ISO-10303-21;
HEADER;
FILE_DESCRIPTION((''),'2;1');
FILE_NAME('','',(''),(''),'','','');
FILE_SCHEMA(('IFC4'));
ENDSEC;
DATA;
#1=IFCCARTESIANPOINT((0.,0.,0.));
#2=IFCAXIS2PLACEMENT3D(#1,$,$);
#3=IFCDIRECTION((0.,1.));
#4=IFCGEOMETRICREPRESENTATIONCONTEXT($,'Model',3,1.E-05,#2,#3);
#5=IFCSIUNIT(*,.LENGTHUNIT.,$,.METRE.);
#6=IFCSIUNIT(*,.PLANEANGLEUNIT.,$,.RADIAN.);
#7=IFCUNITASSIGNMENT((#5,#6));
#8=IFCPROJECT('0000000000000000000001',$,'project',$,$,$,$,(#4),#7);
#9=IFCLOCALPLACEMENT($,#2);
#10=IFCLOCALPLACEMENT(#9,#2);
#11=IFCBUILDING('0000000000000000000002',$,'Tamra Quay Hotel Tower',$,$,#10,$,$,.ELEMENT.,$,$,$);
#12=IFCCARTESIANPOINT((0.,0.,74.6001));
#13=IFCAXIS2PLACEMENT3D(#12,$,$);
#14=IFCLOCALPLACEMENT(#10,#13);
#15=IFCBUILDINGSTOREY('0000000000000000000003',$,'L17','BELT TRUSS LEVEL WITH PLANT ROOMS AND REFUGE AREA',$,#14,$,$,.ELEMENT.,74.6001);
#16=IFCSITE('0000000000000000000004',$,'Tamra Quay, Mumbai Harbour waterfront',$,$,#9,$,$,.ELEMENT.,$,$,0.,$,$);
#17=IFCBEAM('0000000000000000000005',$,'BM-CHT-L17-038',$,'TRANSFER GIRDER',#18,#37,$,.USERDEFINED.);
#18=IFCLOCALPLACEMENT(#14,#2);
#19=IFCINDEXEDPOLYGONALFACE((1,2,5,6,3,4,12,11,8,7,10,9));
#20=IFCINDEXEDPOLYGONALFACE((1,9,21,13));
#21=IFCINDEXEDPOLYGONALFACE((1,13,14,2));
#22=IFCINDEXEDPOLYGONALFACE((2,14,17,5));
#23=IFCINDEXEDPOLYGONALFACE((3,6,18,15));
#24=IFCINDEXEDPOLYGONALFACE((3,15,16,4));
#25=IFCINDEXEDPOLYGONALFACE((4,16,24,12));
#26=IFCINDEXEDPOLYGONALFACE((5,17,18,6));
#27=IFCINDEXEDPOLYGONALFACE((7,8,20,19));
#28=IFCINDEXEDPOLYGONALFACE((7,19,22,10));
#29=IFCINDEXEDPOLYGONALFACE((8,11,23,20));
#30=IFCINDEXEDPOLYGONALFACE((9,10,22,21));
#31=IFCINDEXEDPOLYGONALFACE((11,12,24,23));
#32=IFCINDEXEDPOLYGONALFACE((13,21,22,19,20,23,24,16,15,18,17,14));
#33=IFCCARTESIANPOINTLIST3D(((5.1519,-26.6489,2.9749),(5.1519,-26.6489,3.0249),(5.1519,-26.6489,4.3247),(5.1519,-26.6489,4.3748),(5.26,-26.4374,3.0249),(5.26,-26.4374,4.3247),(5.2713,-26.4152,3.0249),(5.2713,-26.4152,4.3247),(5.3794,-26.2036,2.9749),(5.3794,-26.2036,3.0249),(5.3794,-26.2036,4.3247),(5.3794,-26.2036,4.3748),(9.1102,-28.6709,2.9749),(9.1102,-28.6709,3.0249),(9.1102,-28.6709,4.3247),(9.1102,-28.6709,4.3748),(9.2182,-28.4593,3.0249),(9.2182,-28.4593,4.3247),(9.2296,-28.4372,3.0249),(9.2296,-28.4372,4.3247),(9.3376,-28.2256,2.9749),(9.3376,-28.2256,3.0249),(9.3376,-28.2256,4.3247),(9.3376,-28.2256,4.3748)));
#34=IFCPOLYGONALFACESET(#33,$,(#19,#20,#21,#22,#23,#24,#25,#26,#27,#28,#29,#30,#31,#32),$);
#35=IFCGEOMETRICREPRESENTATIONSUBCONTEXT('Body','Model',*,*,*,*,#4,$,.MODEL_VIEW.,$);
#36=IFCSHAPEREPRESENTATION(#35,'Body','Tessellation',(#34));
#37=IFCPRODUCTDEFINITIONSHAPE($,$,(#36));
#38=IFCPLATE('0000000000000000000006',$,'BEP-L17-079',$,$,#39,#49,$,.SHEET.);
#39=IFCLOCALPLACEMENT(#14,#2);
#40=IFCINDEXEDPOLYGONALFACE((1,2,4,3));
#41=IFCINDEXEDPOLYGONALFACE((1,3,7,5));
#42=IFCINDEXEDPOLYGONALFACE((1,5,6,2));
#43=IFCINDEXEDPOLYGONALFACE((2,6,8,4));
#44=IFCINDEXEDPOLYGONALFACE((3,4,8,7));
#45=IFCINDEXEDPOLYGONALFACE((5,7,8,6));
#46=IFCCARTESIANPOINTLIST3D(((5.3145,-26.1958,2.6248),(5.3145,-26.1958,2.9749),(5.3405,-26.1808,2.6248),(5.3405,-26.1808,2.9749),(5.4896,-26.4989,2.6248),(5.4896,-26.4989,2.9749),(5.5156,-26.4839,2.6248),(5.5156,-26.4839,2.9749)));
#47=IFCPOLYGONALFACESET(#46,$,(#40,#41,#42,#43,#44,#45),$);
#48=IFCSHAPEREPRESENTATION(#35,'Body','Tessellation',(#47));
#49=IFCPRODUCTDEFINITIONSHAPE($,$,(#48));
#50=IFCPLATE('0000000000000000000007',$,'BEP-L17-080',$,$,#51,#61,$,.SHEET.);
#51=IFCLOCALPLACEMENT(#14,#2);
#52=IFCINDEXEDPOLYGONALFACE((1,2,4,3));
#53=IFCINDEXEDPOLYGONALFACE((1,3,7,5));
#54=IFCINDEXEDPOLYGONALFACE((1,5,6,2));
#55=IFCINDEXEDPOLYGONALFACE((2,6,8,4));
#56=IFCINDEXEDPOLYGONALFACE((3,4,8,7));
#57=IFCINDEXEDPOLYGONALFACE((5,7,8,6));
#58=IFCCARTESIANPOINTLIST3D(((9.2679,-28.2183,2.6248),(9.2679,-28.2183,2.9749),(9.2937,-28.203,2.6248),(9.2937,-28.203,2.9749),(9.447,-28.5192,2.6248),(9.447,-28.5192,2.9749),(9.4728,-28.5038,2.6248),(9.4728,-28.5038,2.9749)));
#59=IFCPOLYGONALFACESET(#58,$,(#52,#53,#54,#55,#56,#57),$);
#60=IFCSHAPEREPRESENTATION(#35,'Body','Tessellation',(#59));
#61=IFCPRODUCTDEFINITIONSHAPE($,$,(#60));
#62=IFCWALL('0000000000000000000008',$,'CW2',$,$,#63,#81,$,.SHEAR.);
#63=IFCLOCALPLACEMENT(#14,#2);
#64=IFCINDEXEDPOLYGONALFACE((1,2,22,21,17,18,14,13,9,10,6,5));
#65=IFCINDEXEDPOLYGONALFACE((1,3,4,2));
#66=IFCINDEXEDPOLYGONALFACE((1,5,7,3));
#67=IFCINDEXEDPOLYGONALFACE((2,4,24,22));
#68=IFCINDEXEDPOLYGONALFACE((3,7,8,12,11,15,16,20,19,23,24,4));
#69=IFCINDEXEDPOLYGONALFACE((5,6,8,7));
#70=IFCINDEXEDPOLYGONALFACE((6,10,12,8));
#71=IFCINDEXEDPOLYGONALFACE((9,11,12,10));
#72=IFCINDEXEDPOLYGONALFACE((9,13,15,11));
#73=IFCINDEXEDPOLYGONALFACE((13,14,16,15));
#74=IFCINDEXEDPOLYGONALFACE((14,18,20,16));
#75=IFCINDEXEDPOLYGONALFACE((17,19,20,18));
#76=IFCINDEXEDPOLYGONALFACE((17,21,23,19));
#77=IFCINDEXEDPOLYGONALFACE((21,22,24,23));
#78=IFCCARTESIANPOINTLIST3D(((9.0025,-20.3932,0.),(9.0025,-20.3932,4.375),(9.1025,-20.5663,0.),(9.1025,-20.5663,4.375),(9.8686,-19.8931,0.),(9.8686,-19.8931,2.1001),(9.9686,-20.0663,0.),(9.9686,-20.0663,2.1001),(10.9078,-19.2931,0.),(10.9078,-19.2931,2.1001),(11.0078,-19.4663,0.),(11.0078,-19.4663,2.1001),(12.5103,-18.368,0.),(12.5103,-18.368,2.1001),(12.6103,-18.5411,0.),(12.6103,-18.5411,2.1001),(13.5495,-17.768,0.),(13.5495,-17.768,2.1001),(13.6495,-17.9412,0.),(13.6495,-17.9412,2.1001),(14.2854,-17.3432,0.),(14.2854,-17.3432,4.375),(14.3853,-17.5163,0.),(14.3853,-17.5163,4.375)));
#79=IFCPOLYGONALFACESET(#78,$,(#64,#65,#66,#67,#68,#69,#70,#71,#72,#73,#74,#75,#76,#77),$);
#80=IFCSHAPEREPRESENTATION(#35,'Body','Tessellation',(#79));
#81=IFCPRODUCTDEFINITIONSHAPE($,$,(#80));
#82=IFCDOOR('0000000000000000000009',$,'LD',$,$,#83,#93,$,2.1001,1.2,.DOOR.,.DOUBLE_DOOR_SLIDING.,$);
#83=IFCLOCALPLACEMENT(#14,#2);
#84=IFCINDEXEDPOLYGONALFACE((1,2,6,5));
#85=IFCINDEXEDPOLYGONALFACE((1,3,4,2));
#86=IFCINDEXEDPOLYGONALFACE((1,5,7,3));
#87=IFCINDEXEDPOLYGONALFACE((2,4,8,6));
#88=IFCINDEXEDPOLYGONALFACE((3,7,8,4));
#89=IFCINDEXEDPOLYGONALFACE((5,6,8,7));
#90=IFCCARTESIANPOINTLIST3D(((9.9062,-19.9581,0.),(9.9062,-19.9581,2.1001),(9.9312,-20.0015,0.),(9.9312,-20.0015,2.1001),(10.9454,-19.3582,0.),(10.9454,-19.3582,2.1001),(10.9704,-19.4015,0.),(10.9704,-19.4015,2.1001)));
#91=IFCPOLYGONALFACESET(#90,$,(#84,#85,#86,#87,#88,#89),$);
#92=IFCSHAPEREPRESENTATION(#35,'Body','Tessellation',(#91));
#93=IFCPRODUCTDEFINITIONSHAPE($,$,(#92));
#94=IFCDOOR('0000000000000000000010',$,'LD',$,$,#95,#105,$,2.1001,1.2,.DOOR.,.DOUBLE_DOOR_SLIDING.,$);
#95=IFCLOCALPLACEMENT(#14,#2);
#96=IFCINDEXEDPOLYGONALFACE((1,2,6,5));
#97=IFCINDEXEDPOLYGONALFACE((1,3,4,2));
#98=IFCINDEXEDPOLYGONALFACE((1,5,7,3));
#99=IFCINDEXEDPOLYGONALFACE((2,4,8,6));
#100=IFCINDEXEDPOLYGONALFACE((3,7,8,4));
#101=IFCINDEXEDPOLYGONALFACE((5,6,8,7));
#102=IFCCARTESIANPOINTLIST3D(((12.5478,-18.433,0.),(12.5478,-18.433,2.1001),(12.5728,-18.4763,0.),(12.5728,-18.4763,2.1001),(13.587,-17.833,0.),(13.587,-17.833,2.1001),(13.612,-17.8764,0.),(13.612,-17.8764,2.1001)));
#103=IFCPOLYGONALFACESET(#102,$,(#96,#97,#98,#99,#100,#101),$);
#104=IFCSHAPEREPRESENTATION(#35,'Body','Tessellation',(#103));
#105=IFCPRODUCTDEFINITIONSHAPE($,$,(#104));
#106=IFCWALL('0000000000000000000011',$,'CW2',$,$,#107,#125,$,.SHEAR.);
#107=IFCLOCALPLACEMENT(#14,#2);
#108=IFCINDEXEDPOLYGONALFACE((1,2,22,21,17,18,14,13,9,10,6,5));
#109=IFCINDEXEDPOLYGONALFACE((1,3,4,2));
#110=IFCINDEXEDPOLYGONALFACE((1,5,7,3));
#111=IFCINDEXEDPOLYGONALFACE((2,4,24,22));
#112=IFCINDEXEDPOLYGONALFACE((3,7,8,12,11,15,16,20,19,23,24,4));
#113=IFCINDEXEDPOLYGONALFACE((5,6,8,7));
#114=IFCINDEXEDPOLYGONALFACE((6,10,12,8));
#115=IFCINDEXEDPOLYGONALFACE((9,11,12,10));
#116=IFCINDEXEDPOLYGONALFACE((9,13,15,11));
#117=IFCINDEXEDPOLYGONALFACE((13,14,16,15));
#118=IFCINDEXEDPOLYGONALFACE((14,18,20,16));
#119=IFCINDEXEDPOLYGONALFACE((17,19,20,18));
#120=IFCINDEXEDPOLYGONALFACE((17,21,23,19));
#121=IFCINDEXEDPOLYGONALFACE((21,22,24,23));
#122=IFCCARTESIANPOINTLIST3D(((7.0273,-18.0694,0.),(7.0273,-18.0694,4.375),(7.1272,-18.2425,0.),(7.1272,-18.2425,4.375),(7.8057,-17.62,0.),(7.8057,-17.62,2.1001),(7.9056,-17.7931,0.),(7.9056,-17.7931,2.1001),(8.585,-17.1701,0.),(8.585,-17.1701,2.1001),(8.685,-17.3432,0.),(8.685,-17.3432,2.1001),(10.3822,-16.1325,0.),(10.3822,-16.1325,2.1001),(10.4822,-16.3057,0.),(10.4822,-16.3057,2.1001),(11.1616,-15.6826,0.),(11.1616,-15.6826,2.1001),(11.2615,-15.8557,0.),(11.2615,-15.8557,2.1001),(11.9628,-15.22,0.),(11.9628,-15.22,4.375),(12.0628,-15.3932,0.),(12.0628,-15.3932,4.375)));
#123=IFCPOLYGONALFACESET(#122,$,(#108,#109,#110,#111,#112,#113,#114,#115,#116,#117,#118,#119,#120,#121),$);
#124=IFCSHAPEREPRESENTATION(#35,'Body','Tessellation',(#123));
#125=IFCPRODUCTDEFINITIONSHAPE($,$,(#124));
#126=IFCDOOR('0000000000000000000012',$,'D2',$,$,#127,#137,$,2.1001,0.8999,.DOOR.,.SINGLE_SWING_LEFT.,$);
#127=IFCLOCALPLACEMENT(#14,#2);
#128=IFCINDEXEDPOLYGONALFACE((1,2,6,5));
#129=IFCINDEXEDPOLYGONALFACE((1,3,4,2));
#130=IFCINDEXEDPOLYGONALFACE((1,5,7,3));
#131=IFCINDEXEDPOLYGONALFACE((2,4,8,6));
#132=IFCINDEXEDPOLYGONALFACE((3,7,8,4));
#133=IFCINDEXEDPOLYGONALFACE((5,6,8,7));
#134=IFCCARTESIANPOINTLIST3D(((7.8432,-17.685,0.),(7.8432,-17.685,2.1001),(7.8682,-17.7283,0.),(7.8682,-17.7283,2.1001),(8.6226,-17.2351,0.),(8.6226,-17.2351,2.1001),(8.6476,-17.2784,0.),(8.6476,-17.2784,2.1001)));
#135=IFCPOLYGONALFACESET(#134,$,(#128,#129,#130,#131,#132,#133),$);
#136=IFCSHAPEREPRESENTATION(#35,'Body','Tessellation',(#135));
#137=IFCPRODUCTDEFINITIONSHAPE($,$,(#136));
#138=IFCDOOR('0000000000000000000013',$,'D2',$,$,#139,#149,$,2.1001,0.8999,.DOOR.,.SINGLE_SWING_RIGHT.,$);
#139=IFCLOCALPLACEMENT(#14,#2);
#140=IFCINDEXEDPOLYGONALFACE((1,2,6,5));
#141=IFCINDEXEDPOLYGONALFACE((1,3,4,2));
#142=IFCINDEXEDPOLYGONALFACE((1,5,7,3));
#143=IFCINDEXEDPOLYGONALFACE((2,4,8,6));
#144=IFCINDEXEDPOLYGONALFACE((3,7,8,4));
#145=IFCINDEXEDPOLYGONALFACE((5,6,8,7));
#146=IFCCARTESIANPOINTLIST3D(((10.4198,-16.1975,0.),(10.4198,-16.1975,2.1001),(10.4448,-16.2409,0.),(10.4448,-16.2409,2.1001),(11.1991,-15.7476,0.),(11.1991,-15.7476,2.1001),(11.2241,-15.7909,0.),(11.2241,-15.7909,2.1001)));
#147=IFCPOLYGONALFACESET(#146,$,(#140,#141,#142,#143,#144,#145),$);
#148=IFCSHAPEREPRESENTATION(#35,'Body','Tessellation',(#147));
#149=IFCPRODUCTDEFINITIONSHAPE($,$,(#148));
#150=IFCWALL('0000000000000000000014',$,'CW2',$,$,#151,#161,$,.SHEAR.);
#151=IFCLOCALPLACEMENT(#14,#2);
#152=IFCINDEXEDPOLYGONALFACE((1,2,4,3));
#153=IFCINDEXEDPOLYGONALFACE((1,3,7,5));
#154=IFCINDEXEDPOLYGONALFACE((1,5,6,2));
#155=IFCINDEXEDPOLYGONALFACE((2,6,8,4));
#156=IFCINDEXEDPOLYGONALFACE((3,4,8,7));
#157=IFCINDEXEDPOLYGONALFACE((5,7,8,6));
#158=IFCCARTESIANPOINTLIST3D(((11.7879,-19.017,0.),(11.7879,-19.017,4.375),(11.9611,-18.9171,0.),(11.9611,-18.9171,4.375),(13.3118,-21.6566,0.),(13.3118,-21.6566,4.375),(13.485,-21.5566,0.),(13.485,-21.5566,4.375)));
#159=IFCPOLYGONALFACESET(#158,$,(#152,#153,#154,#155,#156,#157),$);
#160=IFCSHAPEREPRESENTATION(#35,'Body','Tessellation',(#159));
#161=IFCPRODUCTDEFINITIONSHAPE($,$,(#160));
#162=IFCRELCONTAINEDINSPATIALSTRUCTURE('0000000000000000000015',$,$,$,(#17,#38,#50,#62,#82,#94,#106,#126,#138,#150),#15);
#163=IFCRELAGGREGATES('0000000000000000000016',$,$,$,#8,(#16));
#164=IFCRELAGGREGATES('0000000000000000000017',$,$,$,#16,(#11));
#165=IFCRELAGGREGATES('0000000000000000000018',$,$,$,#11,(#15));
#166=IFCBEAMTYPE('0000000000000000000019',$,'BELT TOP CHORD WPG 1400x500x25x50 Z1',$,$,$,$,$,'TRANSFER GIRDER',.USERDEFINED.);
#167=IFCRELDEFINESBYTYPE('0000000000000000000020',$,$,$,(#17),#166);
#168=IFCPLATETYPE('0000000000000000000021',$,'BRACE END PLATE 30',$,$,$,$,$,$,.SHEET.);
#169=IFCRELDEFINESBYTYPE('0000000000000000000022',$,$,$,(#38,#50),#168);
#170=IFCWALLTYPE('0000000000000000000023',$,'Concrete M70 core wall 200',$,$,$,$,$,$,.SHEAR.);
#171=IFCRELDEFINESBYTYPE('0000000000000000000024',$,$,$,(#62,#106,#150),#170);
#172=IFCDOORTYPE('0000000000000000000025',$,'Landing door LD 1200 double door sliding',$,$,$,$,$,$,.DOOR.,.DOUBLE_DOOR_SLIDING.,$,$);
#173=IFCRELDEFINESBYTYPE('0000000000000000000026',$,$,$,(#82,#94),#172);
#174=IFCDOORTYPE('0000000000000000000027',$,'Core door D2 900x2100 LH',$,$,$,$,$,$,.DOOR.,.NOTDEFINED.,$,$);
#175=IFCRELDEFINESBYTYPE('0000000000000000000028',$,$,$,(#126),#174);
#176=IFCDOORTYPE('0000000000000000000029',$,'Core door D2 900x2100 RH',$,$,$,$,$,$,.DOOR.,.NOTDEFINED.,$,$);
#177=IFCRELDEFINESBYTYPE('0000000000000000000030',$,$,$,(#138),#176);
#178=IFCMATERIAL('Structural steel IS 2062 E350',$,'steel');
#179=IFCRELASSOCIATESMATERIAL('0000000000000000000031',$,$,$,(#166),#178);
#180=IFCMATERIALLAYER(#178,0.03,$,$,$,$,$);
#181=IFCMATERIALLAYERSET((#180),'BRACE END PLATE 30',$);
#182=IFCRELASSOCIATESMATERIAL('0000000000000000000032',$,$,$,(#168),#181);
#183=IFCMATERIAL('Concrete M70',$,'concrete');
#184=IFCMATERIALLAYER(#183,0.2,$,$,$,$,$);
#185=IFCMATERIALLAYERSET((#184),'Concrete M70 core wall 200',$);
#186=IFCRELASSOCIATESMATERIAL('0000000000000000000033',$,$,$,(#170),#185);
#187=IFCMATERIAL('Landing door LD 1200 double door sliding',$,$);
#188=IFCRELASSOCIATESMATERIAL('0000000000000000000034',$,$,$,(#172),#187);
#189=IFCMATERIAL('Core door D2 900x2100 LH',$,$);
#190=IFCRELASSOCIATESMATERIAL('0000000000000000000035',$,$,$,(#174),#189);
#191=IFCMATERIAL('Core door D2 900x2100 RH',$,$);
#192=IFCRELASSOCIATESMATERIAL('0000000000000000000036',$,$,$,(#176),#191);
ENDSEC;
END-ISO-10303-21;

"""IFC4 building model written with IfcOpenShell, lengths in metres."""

from ifc_helpers import new_model, si_unit, direction, frame, frame_2d, origin, origin_2d, place, context, subcontext, project, spatial, rectangle, i_section, extrude, material, layer, layer_set, material_profile, profile_set, type_object, element, fill, save


model = new_model("IFC4")

# Units and contexts
model_context = context("Model", 3, precision=1e-05, world=origin(), true_north=direction((0.0, 1.0)))
body_context = subcontext(model_context, "Body", "Model", "MODEL_VIEW")
ifc_project = project(units=[si_unit("LENGTHUNIT", "METRE"), si_unit("PLANEANGLEUNIT", "RADIAN")], contexts=[model_context])

# Site, building, storey
site_placement = place(None, origin())
site = spatial("IfcSite", under=ifc_project, at=site_placement, Name="Tamra Quay, Mumbai Harbour waterfront", CompositionType="ELEMENT", RefElevation=0.0)
building_placement = place(site_placement, origin())
building = spatial("IfcBuilding", under=site, at=building_placement, Name="Tamra Quay Hotel Tower", CompositionType="ELEMENT")
storey_placement = place(building_placement, frame((0.0, 0.0, 74.6001)))
storey = spatial("IfcBuildingStorey", under=building, at=storey_placement, Name="L17", Description="BELT TRUSS LEVEL WITH PLANT ROOMS AND REFUGE AREA", CompositionType="ELEMENT", Elevation=74.6001)

# Beam
ifc_material_1 = material(Name="Structural steel IS 2062 E350", Category="steel")
ifc_material_profile = material_profile(ifc_material_1, i_section(OverallWidth=0.5, OverallDepth=1.3999, WebThickness=0.0249, FlangeThickness=0.05, at=origin_2d()), Name="WPG 1400x500x25x50")
ifc_profile_set = profile_set([ifc_material_profile], Name="Structural steel IS 2062 E350")
beam_type = type_object("IfcBeamType", Name="BELT TOP CHORD WPG 1400x500x25x50 Z1", ElementType="TRANSFER GIRDER", PredefinedType="USERDEFINED", material=ifc_profile_set)
beam_placement = place(storey_placement, frame((5.2656, -26.4263, 3.6748), z_axis=(0.890538, -0.454909, 0.0), x_axis=(0.454909, 0.890538, 0.0)))
element("IfcBeam", 1, at=beam_placement, inside=storey, type_object=beam_type, Name="BM-CHT-L17-038", ObjectType="TRANSFER GIRDER", PredefinedType="USERDEFINED", context=body_context, shape_type="SweptSolid", body=[
    extrude(i_section(OverallWidth=0.5, OverallDepth=1.3999, WebThickness=0.0249, FlangeThickness=0.05, at=origin_2d()), origin(), (0.0, 0.0, 1.0), 4.4448),
])

# Plates
ifc_layer_1 = layer(ifc_material_1, 0.03)
ifc_layer_set_1 = layer_set([ifc_layer_1], Name="BRACE END PLATE 30")
plate_type = type_object("IfcPlateType", Name="BRACE END PLATE 30", PredefinedType="SHEET", material=ifc_layer_set_1)
for number, where, z_axis, x_axis, name in (
    (2, (5.415, -26.3398, 2.6248), (0.0, 0.0, 1.0), (0.865952, 0.500127, 0.0), "BEP-L17-079"),
    (3, (9.3704, -28.3611, 2.6248), (0.0, 0.0, 1.0), (0.859331, 0.511419, 0.0), "BEP-L17-080"),
):
    element("IfcPlate", number, at=place(storey_placement, frame(where, z_axis=z_axis, x_axis=x_axis)), inside=storey, type_object=plate_type, Name=name, PredefinedType="SHEET", context=body_context, shape_type="SweptSolid", body=[
        extrude(rectangle(XDim=0.03, YDim=0.3501, at=origin_2d()), origin(), (0.0, 0.0, 1.0), 0.3501),
    ])

# Walls, openings, doors
ifc_material_2 = material(Name="Concrete M70", Category="concrete")
ifc_layer_2 = layer(ifc_material_2, 0.2)
ifc_layer_set_2 = layer_set([ifc_layer_2], Name="Concrete M70 core wall 200")
wall_type_1 = type_object("IfcWallType", Name="Concrete M70 core wall 200", PredefinedType="SHEAR", material=ifc_layer_set_2)
wall_1_placement = place(storey_placement, frame((9.0525, -20.4797, 0.0), z_axis=(0.0, 0.0, 1.0), x_axis=(0.86603, 0.499992, 0.0)))
wall_1 = element("IfcWall", 4, at=wall_1_placement, inside=storey, type_object=wall_type_1, Name="CW2", PredefinedType="SHEAR", context=body_context, shape_type="SweptSolid", body=[
    extrude(rectangle(XDim=6.1001, YDim=0.2, at=frame_2d((3.05, 0.0))), origin(), (0.0, 0.0, 1.0), 4.375),
])
opening_1_placement = place(wall_1_placement, frame((1.0, 0.0, 0.0)))
opening_1 = element("IfcOpeningElement", 5, at=opening_1_placement, cuts=wall_1, PredefinedType="OPENING", context=body_context, shape_type="SweptSolid", body=[
    extrude(rectangle(XDim=1.2, YDim=2.1001, at=frame_2d((0.6001, 1.05))), frame((0.0, 0.1099, 0.0), z_axis=(0.0, -1.0, 0.0), x_axis=(1.0, 0.0, 0.0)), (0.0, 0.0, 1.0), 0.22),
])
opening_2_placement = place(wall_1_placement, frame((4.0503, 0.0, 0.0)))
opening_2 = element("IfcOpeningElement", 6, at=opening_2_placement, cuts=wall_1, PredefinedType="OPENING", context=body_context, shape_type="SweptSolid", body=[
    extrude(rectangle(XDim=1.2, YDim=2.1001, at=frame_2d((0.6001, 1.05))), frame((0.0, 0.1099, 0.0), z_axis=(0.0, -1.0, 0.0), x_axis=(1.0, 0.0, 0.0)), (0.0, 0.0, 1.0), 0.22),
])
ifc_material_3 = material(Name="Landing door LD 1200 double door sliding")
door_type_1 = type_object("IfcDoorType", Name="Landing door LD 1200 double door sliding", OperationType="DOUBLE_DOOR_SLIDING", PredefinedType="DOOR", material=ifc_material_3)
door_1_placement = place(opening_1_placement, origin())
door_1 = element("IfcDoor", 7, at=door_1_placement, inside=storey, type_object=door_type_1, Name="LD", OperationType="DOUBLE_DOOR_SLIDING", OverallHeight=2.1001, OverallWidth=1.2, PredefinedType="DOOR", context=body_context, shape_type="SweptSolid", body=[
    extrude(rectangle(XDim=1.2, YDim=2.1001, at=frame_2d((0.6001, 1.05))), frame((0.0, 0.0249, 0.0), z_axis=(0.0, -1.0, 0.0), x_axis=(1.0, 0.0, 0.0)), (0.0, 0.0, 1.0), 0.05),
])
fill(opening_1, door_1)
door_2_placement = place(opening_2_placement, origin())
door_2 = element("IfcDoor", 8, at=door_2_placement, inside=storey, type_object=door_type_1, Name="LD", OperationType="DOUBLE_DOOR_SLIDING", OverallHeight=2.1001, OverallWidth=1.2, PredefinedType="DOOR", context=body_context, shape_type="SweptSolid", body=[
    extrude(rectangle(XDim=1.2, YDim=2.1001, at=frame_2d((0.6001, 1.05))), frame((0.0, 0.0249, 0.0), z_axis=(0.0, -1.0, 0.0), x_axis=(1.0, 0.0, 0.0)), (0.0, 0.0, 1.0), 0.05),
])
fill(opening_2, door_2)
wall_2_placement = place(storey_placement, frame((7.0771, -18.156, 0.0), z_axis=(0.0, 0.0, 1.0), x_axis=(0.866039, 0.499977, 0.0)))
wall_2 = element("IfcWall", 9, at=wall_2_placement, inside=storey, type_object=wall_type_1, Name="CW2", PredefinedType="SHEAR", context=body_context, shape_type="SweptSolid", body=[
    extrude(rectangle(XDim=5.699, YDim=0.2, at=frame_2d((2.8496, 0.0))), origin(), (0.0, 0.0, 1.0), 4.375),
])
opening_3_placement = place(wall_2_placement, frame((0.8989, 0.0, 0.0)))
opening_3 = element("IfcOpeningElement", 10, at=opening_3_placement, cuts=wall_2, PredefinedType="OPENING", context=body_context, shape_type="SweptSolid", body=[
    extrude(rectangle(XDim=0.8999, YDim=2.1001, at=frame_2d((0.45, 1.05))), frame((0.0, 0.1099, 0.0), z_axis=(0.0, -1.0, 0.0), x_axis=(1.0, 0.0, 0.0)), (0.0, 0.0, 1.0), 0.22),
])
opening_4_placement = place(wall_2_placement, frame((3.874, 0.0, 0.0)))
opening_4 = element("IfcOpeningElement", 11, at=opening_4_placement, cuts=wall_2, PredefinedType="OPENING", context=body_context, shape_type="SweptSolid", body=[
    extrude(rectangle(XDim=0.8999, YDim=2.1001, at=frame_2d((0.45, 1.05))), frame((0.0, 0.1099, 0.0), z_axis=(0.0, -1.0, 0.0), x_axis=(1.0, 0.0, 0.0)), (0.0, 0.0, 1.0), 0.22),
])
ifc_material_4 = material(Name="Core door D2 900x2100 LH")
door_type_2 = type_object("IfcDoorType", Name="Core door D2 900x2100 LH", OperationType="NOTDEFINED", PredefinedType="DOOR", material=ifc_material_4)
door_3_placement = place(opening_3_placement, origin())
door_3 = element("IfcDoor", 12, at=door_3_placement, inside=storey, type_object=door_type_2, Name="D2", OperationType="SINGLE_SWING_LEFT", OverallHeight=2.1001, OverallWidth=0.8999, PredefinedType="DOOR", context=body_context, shape_type="SweptSolid", body=[
    extrude(rectangle(XDim=0.8999, YDim=2.1001, at=frame_2d((0.45, 1.05))), frame((0.0, 0.0249, 0.0), z_axis=(0.0, -1.0, 0.0), x_axis=(1.0, 0.0, 0.0)), (0.0, 0.0, 1.0), 0.05),
])
fill(opening_3, door_3)
ifc_material_5 = material(Name="Core door D2 900x2100 RH")
door_type_3 = type_object("IfcDoorType", Name="Core door D2 900x2100 RH", OperationType="NOTDEFINED", PredefinedType="DOOR", material=ifc_material_5)
door_4_placement = place(opening_4_placement, origin())
door_4 = element("IfcDoor", 13, at=door_4_placement, inside=storey, type_object=door_type_3, Name="D2", OperationType="SINGLE_SWING_RIGHT", OverallHeight=2.1001, OverallWidth=0.8999, PredefinedType="DOOR", context=body_context, shape_type="SweptSolid", body=[
    extrude(rectangle(XDim=0.8999, YDim=2.1001, at=frame_2d((0.45, 1.05))), frame((0.0, 0.0249, 0.0), z_axis=(0.0, -1.0, 0.0), x_axis=(1.0, 0.0, 0.0)), (0.0, 0.0, 1.0), 0.05),
])
fill(opening_4, door_4)

# Wall
wall_3_placement = place(storey_placement, frame((11.8745, -18.967, 0.0), z_axis=(0.0, 0.0, 1.0), x_axis=(0.499981, -0.866036, 0.0)))
element("IfcWall", 14, at=wall_3_placement, inside=storey, type_object=wall_type_1, Name="CW2", PredefinedType="SHEAR", context=body_context, shape_type="SweptSolid", body=[
    extrude(rectangle(XDim=3.0479, YDim=0.2, at=frame_2d((1.5239, 0.0))), origin(), (0.0, 0.0, 1.0), 4.375),
])

save(model, "model.ifc")
